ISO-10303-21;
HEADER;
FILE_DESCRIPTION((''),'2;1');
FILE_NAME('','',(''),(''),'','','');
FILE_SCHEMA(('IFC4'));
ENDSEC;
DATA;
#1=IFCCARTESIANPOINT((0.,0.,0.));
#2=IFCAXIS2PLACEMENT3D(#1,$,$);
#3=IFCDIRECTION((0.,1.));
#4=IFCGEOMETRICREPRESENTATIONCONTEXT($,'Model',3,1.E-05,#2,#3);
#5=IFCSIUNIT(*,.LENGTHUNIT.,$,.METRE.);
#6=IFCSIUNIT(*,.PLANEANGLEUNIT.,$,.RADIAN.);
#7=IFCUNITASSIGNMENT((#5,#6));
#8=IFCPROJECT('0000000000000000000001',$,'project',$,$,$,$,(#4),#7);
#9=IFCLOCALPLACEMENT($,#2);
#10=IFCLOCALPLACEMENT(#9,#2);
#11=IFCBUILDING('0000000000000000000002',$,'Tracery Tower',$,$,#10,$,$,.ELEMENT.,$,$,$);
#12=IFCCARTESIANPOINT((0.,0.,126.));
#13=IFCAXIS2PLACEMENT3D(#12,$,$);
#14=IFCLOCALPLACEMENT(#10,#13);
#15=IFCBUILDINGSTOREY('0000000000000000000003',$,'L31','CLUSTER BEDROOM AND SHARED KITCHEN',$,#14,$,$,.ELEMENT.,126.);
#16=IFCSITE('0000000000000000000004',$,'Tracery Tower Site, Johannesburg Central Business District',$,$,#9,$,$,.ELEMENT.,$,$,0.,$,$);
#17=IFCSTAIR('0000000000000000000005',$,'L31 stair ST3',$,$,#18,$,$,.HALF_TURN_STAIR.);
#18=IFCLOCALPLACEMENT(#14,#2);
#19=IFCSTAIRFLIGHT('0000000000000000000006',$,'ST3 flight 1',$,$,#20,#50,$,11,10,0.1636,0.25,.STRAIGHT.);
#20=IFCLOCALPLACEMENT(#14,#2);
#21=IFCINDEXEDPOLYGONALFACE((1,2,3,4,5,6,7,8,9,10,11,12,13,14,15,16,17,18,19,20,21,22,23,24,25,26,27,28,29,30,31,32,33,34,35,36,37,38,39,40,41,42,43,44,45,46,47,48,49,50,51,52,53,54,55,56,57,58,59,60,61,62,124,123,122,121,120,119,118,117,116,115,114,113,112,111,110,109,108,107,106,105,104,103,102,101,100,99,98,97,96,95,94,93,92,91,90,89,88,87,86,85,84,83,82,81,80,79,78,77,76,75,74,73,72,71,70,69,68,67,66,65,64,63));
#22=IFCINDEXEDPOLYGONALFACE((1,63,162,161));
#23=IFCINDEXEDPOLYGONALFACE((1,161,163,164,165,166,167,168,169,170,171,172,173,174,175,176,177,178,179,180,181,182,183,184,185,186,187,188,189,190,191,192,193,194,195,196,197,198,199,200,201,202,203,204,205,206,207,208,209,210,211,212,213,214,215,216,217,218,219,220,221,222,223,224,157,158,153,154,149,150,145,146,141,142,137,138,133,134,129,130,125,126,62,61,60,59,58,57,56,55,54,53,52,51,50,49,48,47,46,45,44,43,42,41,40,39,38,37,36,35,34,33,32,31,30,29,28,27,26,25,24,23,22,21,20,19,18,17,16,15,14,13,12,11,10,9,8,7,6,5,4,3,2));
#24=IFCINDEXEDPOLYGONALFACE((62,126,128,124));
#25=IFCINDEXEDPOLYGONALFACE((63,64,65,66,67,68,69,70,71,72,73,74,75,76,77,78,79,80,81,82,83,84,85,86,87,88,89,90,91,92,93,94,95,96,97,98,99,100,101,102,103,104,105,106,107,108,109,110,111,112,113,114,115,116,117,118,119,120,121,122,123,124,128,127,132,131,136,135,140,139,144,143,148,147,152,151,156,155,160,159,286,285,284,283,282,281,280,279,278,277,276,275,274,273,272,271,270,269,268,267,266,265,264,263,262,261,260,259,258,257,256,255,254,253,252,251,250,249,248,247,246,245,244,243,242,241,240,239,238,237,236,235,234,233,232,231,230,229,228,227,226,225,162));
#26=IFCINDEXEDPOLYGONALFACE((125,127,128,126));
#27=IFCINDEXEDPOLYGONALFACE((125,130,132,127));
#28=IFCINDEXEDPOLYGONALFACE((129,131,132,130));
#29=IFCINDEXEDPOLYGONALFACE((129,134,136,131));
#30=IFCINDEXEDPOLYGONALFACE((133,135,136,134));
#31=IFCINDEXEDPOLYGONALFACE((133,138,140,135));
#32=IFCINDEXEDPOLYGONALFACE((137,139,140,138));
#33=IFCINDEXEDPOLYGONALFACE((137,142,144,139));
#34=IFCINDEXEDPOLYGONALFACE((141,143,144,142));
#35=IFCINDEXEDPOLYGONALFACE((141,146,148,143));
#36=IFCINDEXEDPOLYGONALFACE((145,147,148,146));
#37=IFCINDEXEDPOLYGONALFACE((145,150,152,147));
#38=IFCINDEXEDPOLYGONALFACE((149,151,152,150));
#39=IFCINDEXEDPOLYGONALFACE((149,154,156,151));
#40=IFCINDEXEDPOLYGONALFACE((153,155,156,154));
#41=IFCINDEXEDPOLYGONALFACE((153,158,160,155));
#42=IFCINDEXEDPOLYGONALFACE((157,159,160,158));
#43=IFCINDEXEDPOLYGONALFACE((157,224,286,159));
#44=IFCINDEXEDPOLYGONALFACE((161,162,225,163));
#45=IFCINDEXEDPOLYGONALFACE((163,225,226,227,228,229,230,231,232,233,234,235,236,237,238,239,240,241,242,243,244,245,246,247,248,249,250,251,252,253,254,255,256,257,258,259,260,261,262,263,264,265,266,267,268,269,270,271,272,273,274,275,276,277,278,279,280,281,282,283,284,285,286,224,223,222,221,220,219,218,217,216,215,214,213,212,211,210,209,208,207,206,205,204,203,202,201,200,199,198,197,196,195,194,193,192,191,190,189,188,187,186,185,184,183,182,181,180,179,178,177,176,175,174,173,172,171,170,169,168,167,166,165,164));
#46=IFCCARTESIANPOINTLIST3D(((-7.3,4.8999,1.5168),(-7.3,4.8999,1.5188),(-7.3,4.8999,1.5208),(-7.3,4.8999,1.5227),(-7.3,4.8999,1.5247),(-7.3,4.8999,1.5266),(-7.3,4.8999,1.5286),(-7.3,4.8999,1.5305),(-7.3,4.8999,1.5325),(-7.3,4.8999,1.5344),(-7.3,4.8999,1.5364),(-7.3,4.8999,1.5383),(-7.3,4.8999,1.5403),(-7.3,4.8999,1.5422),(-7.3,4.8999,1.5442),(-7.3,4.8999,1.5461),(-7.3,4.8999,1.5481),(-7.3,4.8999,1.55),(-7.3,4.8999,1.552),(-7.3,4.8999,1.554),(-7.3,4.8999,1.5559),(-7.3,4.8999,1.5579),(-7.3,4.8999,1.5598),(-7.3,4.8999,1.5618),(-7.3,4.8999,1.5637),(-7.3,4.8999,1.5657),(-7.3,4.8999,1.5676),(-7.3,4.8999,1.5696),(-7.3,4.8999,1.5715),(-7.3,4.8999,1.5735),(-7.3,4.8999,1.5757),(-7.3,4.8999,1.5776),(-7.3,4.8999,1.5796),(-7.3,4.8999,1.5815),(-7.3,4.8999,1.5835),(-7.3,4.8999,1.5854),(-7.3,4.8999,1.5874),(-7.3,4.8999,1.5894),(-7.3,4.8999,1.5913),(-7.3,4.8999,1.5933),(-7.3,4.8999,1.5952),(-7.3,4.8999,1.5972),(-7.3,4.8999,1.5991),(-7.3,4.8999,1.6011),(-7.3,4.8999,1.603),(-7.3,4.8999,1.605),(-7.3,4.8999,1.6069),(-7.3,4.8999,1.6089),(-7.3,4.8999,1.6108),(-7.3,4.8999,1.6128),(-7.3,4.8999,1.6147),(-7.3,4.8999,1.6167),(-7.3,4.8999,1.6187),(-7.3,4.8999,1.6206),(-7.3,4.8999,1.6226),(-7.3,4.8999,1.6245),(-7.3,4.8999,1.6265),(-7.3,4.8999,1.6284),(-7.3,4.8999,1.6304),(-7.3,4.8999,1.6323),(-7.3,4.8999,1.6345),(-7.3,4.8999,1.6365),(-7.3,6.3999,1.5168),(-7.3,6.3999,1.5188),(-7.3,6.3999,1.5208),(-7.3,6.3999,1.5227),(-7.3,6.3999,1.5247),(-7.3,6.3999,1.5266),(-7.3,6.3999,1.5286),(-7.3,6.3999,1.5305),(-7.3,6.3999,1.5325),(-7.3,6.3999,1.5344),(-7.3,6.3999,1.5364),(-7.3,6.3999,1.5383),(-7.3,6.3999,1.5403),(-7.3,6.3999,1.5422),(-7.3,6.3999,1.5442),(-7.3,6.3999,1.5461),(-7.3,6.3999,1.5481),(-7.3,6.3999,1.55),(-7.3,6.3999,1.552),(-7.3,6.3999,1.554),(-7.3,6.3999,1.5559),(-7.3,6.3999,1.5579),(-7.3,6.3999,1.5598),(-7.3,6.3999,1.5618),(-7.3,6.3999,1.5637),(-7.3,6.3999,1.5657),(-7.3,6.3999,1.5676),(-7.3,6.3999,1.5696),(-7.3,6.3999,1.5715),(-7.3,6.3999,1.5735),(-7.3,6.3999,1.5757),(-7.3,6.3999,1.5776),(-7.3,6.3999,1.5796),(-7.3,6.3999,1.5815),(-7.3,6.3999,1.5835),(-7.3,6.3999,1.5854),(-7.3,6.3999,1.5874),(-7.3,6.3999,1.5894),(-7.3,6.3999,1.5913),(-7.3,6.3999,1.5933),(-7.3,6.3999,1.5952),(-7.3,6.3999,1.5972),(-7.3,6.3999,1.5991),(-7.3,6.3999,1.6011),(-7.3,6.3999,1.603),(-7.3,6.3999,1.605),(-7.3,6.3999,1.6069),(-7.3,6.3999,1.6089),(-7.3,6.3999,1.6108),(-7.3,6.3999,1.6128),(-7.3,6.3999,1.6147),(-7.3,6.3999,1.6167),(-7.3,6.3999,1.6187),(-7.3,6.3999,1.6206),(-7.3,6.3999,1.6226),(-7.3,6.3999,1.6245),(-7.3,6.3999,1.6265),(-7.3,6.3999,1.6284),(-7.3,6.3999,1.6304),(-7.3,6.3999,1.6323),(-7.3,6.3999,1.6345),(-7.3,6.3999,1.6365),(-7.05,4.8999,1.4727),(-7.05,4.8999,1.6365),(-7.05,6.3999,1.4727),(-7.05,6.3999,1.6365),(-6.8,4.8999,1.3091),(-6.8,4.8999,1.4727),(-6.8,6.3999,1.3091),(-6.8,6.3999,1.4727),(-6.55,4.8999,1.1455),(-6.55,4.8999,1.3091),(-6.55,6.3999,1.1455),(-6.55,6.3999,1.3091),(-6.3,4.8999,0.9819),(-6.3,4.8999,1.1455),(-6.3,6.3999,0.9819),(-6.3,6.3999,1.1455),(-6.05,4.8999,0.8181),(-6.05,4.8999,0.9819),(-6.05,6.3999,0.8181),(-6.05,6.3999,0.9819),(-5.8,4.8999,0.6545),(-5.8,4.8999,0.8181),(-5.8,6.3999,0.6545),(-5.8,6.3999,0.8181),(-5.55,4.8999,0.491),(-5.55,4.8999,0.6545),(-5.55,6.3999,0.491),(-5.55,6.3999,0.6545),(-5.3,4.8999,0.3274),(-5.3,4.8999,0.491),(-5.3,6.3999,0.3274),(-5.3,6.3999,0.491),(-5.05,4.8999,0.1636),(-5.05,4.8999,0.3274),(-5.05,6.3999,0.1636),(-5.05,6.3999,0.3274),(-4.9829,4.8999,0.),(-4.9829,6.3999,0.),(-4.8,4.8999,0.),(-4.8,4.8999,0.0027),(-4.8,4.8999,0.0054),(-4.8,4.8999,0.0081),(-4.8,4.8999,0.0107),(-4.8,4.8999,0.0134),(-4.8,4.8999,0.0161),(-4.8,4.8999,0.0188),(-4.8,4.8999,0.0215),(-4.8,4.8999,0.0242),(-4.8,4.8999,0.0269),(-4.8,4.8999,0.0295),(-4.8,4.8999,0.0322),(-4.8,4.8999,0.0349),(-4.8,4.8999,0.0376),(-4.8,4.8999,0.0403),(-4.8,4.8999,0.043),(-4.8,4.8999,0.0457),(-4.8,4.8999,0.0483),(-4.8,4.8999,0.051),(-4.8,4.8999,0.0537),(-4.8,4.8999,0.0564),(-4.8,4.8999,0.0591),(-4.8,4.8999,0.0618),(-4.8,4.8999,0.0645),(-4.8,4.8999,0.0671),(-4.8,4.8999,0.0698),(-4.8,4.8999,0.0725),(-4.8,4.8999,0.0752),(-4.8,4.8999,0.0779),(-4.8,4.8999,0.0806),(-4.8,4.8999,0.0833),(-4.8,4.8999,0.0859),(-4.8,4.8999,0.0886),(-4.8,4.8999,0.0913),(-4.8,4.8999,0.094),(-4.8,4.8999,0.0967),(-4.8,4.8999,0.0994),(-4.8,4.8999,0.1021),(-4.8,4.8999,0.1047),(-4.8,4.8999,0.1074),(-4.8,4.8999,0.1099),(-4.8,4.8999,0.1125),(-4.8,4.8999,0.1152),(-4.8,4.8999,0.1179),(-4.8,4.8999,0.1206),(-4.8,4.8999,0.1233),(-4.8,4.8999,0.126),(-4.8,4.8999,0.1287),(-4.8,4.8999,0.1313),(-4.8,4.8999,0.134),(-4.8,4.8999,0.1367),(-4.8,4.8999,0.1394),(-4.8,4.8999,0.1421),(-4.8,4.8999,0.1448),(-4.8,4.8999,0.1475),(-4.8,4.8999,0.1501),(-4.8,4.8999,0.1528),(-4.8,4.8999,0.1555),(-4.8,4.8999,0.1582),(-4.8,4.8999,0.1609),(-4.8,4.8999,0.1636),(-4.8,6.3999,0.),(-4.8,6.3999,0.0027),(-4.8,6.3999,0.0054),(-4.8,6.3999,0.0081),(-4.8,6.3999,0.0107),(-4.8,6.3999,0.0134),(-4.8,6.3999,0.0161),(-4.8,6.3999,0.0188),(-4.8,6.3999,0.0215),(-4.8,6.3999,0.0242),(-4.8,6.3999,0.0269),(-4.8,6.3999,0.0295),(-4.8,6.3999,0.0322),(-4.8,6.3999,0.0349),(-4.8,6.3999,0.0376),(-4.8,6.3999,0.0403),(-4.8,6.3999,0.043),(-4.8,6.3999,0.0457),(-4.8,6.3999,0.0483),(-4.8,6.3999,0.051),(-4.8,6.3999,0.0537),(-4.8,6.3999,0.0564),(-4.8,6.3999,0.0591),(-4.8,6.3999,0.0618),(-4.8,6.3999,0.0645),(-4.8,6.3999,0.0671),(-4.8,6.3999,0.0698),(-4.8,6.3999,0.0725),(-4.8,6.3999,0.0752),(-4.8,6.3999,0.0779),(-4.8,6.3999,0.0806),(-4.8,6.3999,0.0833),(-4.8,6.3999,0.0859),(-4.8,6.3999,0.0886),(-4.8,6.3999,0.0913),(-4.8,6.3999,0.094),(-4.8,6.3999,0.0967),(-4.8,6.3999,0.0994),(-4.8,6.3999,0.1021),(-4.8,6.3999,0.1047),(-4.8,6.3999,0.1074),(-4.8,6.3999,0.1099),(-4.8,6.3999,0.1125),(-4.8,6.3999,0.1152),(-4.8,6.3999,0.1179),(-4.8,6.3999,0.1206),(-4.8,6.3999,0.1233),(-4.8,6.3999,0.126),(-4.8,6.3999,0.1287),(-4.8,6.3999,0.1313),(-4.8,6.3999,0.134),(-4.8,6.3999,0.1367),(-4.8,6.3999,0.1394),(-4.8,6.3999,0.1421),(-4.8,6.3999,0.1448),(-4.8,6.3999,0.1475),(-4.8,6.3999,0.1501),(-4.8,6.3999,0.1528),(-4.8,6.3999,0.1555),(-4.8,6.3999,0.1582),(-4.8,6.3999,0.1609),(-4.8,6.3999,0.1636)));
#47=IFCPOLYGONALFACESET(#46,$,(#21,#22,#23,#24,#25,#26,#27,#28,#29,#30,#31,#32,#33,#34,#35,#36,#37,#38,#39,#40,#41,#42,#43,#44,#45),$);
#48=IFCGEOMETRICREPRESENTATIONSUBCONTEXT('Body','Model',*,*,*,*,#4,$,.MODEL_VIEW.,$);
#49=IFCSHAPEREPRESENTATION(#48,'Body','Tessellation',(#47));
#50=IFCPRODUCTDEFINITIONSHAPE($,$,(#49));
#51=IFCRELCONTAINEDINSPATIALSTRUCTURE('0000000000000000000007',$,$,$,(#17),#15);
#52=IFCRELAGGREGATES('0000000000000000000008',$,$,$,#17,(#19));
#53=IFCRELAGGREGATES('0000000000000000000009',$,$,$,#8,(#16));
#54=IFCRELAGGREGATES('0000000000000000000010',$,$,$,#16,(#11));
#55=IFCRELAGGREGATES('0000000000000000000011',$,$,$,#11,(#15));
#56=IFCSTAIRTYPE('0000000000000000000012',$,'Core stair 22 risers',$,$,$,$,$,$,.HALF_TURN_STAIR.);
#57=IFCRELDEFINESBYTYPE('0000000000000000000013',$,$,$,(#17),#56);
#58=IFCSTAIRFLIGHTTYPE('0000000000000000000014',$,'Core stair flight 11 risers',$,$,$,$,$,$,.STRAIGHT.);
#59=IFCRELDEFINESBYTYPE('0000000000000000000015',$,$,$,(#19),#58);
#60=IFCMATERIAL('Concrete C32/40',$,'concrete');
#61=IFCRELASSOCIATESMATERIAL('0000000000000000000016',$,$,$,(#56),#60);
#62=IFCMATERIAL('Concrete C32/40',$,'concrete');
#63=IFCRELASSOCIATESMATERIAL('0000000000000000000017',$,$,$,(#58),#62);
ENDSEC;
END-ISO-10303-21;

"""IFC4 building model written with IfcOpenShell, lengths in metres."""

from ifc_helpers import new_model, si_unit, direction, frame, origin, place, context, subcontext, project, spatial, polyline, outline, extrude, material, type_object, element, aggregate, save


model = new_model("IFC4")

# Units and contexts
model_context = context("Model", 3, precision=1e-05, world=origin(), true_north=direction((0.0, 1.0)))
body_context = subcontext(model_context, "Body", "Model", "MODEL_VIEW")
ifc_project = project(units=[si_unit("LENGTHUNIT", "METRE"), si_unit("PLANEANGLEUNIT", "RADIAN")], contexts=[model_context])

# Site, building, storey
site_placement = place(None, origin())
site = spatial("IfcSite", under=ifc_project, at=site_placement, Name="Tracery Tower Site, Johannesburg Central Business District", CompositionType="ELEMENT", RefElevation=0.0)
building_placement = place(site_placement, origin())
building = spatial("IfcBuilding", under=site, at=building_placement, Name="Tracery Tower", CompositionType="ELEMENT")
storey_placement = place(building_placement, frame((0.0, 0.0, 126.0)))
storey = spatial("IfcBuildingStorey", under=building, at=storey_placement, Name="L31", Description="CLUSTER BEDROOM AND SHARED KITCHEN", CompositionType="ELEMENT", Elevation=126.0)

# Stair, stair flight
ifc_material_1 = material(Name="Concrete C32/40", Category="concrete")
stair_type = type_object("IfcStairType", Name="Core stair 22 risers", PredefinedType="HALF_TURN_STAIR", material=ifc_material_1)
stair_placement = place(storey_placement, origin())
stair = element("IfcStair", 1, at=stair_placement, inside=storey, type_object=stair_type, Name="L31 stair ST3", PredefinedType="HALF_TURN_STAIR")
ifc_material_2 = material(Name="Concrete C32/40", Category="concrete")
stair_flight_type = type_object("IfcStairFlightType", Name="Core stair flight 11 risers", PredefinedType="STRAIGHT", material=ifc_material_2)
stair_flight_1_placement = place(storey_placement, frame((-4.8, 5.6499, 0.0), z_axis=(0.0, 0.0, 1.0), x_axis=(-1.0, 0.0, 0.0)))
stair_flight_1 = element("IfcStairFlight", 2, at=stair_flight_1_placement, type_object=stair_flight_type, Name="ST3 flight 1", NumberOfRisers=11, NumberOfTreads=10, PredefinedType="STRAIGHT", RiserHeight=0.1636, TreadLength=0.25, context=body_context, shape_type="SweptSolid", body=[
    extrude(outline(polyline([(0.0, 0.0), (0.0, 0.0027), (0.0, 0.0054), (0.0, 0.0081), (0.0, 0.0107), (0.0, 0.0134), (0.0, 0.0161), (0.0, 0.0188), (0.0, 0.0215), (0.0, 0.0242), (0.0, 0.0269), (0.0, 0.0295), (0.0, 0.0322), (0.0, 0.0349), (0.0, 0.0376), (0.0, 0.0403), (0.0, 0.043), (0.0, 0.0457), (0.0, 0.0483), (0.0, 0.051), (0.0, 0.0537), (0.0, 0.0564), (0.0, 0.0591), (0.0, 0.0618), (0.0, 0.0645), (0.0, 0.0671), (0.0, 0.0698), (0.0, 0.0725), (0.0, 0.0752), (0.0, 0.0779), (0.0, 0.0806), (0.0, 0.0833), (0.0, 0.0859), (0.0, 0.0886), (0.0, 0.0913), (0.0, 0.094), (0.0, 0.0967), (0.0, 0.0994), (0.0, 0.1021), (0.0, 0.1047), (0.0, 0.1074), (0.0, 0.1099), (0.0, 0.1125), (0.0, 0.1152), (0.0, 0.1179), (0.0, 0.1206), (0.0, 0.1233), (0.0, 0.126), (0.0, 0.1287), (0.0, 0.1313), (0.0, 0.134), (0.0, 0.1367), (0.0, 0.1394), (0.0, 0.1421), (0.0, 0.1448), (0.0, 0.1475), (0.0, 0.1501), (0.0, 0.1528), (0.0, 0.1555), (0.0, 0.1582), (0.0, 0.1609), (0.0, 0.1636), (0.25, 0.1636), (0.25, 0.3274), (0.5, 0.3274), (0.5, 0.491), (0.75, 0.491), (0.75, 0.6545), (1.0, 0.6545), (1.0, 0.8181), (1.25, 0.8181), (1.25, 0.9819), (1.5, 0.9819), (1.5, 1.1455), (1.75, 1.1455), (1.75, 1.3091), (2.0, 1.3091), (2.0, 1.4727), (2.25, 1.4727), (2.25, 1.6365), (2.5, 1.6365), (2.5, 1.6345), (2.5, 1.6323), (2.5, 1.6304), (2.5, 1.6284), (2.5, 1.6265), (2.5, 1.6245), (2.5, 1.6226), (2.5, 1.6206), (2.5, 1.6187), (2.5, 1.6167), (2.5, 1.6147), (2.5, 1.6128), (2.5, 1.6108), (2.5, 1.6089), (2.5, 1.6069), (2.5, 1.605), (2.5, 1.603), (2.5, 1.6011), (2.5, 1.5991), (2.5, 1.5972), (2.5, 1.5952), (2.5, 1.5933), (2.5, 1.5913), (2.5, 1.5894), (2.5, 1.5874), (2.5, 1.5854), (2.5, 1.5835), (2.5, 1.5815), (2.5, 1.5796), (2.5, 1.5776), (2.5, 1.5757), (2.5, 1.5735), (2.5, 1.5715), (2.5, 1.5696), (2.5, 1.5676), (2.5, 1.5657), (2.5, 1.5637), (2.5, 1.5618), (2.5, 1.5598), (2.5, 1.5579), (2.5, 1.5559), (2.5, 1.554), (2.5, 1.552), (2.5, 1.55), (2.5, 1.5481), (2.5, 1.5461), (2.5, 1.5442), (2.5, 1.5422), (2.5, 1.5403), (2.5, 1.5383), (2.5, 1.5364), (2.5, 1.5344), (2.5, 1.5325), (2.5, 1.5305), (2.5, 1.5286), (2.5, 1.5266), (2.5, 1.5247), (2.5, 1.5227), (2.5, 1.5208), (2.5, 1.5188), (2.5, 1.5168), (0.1829, 0.0), (0.0, 0.0)])), frame((0.0, 0.75, 0.0), z_axis=(0.0, -1.0, 0.0), x_axis=(1.0, 0.0, 0.0)), (0.0, 0.0, 1.0), 1.5),
])
aggregate(stair, [stair_flight_1])

save(model, "model.ifc")
